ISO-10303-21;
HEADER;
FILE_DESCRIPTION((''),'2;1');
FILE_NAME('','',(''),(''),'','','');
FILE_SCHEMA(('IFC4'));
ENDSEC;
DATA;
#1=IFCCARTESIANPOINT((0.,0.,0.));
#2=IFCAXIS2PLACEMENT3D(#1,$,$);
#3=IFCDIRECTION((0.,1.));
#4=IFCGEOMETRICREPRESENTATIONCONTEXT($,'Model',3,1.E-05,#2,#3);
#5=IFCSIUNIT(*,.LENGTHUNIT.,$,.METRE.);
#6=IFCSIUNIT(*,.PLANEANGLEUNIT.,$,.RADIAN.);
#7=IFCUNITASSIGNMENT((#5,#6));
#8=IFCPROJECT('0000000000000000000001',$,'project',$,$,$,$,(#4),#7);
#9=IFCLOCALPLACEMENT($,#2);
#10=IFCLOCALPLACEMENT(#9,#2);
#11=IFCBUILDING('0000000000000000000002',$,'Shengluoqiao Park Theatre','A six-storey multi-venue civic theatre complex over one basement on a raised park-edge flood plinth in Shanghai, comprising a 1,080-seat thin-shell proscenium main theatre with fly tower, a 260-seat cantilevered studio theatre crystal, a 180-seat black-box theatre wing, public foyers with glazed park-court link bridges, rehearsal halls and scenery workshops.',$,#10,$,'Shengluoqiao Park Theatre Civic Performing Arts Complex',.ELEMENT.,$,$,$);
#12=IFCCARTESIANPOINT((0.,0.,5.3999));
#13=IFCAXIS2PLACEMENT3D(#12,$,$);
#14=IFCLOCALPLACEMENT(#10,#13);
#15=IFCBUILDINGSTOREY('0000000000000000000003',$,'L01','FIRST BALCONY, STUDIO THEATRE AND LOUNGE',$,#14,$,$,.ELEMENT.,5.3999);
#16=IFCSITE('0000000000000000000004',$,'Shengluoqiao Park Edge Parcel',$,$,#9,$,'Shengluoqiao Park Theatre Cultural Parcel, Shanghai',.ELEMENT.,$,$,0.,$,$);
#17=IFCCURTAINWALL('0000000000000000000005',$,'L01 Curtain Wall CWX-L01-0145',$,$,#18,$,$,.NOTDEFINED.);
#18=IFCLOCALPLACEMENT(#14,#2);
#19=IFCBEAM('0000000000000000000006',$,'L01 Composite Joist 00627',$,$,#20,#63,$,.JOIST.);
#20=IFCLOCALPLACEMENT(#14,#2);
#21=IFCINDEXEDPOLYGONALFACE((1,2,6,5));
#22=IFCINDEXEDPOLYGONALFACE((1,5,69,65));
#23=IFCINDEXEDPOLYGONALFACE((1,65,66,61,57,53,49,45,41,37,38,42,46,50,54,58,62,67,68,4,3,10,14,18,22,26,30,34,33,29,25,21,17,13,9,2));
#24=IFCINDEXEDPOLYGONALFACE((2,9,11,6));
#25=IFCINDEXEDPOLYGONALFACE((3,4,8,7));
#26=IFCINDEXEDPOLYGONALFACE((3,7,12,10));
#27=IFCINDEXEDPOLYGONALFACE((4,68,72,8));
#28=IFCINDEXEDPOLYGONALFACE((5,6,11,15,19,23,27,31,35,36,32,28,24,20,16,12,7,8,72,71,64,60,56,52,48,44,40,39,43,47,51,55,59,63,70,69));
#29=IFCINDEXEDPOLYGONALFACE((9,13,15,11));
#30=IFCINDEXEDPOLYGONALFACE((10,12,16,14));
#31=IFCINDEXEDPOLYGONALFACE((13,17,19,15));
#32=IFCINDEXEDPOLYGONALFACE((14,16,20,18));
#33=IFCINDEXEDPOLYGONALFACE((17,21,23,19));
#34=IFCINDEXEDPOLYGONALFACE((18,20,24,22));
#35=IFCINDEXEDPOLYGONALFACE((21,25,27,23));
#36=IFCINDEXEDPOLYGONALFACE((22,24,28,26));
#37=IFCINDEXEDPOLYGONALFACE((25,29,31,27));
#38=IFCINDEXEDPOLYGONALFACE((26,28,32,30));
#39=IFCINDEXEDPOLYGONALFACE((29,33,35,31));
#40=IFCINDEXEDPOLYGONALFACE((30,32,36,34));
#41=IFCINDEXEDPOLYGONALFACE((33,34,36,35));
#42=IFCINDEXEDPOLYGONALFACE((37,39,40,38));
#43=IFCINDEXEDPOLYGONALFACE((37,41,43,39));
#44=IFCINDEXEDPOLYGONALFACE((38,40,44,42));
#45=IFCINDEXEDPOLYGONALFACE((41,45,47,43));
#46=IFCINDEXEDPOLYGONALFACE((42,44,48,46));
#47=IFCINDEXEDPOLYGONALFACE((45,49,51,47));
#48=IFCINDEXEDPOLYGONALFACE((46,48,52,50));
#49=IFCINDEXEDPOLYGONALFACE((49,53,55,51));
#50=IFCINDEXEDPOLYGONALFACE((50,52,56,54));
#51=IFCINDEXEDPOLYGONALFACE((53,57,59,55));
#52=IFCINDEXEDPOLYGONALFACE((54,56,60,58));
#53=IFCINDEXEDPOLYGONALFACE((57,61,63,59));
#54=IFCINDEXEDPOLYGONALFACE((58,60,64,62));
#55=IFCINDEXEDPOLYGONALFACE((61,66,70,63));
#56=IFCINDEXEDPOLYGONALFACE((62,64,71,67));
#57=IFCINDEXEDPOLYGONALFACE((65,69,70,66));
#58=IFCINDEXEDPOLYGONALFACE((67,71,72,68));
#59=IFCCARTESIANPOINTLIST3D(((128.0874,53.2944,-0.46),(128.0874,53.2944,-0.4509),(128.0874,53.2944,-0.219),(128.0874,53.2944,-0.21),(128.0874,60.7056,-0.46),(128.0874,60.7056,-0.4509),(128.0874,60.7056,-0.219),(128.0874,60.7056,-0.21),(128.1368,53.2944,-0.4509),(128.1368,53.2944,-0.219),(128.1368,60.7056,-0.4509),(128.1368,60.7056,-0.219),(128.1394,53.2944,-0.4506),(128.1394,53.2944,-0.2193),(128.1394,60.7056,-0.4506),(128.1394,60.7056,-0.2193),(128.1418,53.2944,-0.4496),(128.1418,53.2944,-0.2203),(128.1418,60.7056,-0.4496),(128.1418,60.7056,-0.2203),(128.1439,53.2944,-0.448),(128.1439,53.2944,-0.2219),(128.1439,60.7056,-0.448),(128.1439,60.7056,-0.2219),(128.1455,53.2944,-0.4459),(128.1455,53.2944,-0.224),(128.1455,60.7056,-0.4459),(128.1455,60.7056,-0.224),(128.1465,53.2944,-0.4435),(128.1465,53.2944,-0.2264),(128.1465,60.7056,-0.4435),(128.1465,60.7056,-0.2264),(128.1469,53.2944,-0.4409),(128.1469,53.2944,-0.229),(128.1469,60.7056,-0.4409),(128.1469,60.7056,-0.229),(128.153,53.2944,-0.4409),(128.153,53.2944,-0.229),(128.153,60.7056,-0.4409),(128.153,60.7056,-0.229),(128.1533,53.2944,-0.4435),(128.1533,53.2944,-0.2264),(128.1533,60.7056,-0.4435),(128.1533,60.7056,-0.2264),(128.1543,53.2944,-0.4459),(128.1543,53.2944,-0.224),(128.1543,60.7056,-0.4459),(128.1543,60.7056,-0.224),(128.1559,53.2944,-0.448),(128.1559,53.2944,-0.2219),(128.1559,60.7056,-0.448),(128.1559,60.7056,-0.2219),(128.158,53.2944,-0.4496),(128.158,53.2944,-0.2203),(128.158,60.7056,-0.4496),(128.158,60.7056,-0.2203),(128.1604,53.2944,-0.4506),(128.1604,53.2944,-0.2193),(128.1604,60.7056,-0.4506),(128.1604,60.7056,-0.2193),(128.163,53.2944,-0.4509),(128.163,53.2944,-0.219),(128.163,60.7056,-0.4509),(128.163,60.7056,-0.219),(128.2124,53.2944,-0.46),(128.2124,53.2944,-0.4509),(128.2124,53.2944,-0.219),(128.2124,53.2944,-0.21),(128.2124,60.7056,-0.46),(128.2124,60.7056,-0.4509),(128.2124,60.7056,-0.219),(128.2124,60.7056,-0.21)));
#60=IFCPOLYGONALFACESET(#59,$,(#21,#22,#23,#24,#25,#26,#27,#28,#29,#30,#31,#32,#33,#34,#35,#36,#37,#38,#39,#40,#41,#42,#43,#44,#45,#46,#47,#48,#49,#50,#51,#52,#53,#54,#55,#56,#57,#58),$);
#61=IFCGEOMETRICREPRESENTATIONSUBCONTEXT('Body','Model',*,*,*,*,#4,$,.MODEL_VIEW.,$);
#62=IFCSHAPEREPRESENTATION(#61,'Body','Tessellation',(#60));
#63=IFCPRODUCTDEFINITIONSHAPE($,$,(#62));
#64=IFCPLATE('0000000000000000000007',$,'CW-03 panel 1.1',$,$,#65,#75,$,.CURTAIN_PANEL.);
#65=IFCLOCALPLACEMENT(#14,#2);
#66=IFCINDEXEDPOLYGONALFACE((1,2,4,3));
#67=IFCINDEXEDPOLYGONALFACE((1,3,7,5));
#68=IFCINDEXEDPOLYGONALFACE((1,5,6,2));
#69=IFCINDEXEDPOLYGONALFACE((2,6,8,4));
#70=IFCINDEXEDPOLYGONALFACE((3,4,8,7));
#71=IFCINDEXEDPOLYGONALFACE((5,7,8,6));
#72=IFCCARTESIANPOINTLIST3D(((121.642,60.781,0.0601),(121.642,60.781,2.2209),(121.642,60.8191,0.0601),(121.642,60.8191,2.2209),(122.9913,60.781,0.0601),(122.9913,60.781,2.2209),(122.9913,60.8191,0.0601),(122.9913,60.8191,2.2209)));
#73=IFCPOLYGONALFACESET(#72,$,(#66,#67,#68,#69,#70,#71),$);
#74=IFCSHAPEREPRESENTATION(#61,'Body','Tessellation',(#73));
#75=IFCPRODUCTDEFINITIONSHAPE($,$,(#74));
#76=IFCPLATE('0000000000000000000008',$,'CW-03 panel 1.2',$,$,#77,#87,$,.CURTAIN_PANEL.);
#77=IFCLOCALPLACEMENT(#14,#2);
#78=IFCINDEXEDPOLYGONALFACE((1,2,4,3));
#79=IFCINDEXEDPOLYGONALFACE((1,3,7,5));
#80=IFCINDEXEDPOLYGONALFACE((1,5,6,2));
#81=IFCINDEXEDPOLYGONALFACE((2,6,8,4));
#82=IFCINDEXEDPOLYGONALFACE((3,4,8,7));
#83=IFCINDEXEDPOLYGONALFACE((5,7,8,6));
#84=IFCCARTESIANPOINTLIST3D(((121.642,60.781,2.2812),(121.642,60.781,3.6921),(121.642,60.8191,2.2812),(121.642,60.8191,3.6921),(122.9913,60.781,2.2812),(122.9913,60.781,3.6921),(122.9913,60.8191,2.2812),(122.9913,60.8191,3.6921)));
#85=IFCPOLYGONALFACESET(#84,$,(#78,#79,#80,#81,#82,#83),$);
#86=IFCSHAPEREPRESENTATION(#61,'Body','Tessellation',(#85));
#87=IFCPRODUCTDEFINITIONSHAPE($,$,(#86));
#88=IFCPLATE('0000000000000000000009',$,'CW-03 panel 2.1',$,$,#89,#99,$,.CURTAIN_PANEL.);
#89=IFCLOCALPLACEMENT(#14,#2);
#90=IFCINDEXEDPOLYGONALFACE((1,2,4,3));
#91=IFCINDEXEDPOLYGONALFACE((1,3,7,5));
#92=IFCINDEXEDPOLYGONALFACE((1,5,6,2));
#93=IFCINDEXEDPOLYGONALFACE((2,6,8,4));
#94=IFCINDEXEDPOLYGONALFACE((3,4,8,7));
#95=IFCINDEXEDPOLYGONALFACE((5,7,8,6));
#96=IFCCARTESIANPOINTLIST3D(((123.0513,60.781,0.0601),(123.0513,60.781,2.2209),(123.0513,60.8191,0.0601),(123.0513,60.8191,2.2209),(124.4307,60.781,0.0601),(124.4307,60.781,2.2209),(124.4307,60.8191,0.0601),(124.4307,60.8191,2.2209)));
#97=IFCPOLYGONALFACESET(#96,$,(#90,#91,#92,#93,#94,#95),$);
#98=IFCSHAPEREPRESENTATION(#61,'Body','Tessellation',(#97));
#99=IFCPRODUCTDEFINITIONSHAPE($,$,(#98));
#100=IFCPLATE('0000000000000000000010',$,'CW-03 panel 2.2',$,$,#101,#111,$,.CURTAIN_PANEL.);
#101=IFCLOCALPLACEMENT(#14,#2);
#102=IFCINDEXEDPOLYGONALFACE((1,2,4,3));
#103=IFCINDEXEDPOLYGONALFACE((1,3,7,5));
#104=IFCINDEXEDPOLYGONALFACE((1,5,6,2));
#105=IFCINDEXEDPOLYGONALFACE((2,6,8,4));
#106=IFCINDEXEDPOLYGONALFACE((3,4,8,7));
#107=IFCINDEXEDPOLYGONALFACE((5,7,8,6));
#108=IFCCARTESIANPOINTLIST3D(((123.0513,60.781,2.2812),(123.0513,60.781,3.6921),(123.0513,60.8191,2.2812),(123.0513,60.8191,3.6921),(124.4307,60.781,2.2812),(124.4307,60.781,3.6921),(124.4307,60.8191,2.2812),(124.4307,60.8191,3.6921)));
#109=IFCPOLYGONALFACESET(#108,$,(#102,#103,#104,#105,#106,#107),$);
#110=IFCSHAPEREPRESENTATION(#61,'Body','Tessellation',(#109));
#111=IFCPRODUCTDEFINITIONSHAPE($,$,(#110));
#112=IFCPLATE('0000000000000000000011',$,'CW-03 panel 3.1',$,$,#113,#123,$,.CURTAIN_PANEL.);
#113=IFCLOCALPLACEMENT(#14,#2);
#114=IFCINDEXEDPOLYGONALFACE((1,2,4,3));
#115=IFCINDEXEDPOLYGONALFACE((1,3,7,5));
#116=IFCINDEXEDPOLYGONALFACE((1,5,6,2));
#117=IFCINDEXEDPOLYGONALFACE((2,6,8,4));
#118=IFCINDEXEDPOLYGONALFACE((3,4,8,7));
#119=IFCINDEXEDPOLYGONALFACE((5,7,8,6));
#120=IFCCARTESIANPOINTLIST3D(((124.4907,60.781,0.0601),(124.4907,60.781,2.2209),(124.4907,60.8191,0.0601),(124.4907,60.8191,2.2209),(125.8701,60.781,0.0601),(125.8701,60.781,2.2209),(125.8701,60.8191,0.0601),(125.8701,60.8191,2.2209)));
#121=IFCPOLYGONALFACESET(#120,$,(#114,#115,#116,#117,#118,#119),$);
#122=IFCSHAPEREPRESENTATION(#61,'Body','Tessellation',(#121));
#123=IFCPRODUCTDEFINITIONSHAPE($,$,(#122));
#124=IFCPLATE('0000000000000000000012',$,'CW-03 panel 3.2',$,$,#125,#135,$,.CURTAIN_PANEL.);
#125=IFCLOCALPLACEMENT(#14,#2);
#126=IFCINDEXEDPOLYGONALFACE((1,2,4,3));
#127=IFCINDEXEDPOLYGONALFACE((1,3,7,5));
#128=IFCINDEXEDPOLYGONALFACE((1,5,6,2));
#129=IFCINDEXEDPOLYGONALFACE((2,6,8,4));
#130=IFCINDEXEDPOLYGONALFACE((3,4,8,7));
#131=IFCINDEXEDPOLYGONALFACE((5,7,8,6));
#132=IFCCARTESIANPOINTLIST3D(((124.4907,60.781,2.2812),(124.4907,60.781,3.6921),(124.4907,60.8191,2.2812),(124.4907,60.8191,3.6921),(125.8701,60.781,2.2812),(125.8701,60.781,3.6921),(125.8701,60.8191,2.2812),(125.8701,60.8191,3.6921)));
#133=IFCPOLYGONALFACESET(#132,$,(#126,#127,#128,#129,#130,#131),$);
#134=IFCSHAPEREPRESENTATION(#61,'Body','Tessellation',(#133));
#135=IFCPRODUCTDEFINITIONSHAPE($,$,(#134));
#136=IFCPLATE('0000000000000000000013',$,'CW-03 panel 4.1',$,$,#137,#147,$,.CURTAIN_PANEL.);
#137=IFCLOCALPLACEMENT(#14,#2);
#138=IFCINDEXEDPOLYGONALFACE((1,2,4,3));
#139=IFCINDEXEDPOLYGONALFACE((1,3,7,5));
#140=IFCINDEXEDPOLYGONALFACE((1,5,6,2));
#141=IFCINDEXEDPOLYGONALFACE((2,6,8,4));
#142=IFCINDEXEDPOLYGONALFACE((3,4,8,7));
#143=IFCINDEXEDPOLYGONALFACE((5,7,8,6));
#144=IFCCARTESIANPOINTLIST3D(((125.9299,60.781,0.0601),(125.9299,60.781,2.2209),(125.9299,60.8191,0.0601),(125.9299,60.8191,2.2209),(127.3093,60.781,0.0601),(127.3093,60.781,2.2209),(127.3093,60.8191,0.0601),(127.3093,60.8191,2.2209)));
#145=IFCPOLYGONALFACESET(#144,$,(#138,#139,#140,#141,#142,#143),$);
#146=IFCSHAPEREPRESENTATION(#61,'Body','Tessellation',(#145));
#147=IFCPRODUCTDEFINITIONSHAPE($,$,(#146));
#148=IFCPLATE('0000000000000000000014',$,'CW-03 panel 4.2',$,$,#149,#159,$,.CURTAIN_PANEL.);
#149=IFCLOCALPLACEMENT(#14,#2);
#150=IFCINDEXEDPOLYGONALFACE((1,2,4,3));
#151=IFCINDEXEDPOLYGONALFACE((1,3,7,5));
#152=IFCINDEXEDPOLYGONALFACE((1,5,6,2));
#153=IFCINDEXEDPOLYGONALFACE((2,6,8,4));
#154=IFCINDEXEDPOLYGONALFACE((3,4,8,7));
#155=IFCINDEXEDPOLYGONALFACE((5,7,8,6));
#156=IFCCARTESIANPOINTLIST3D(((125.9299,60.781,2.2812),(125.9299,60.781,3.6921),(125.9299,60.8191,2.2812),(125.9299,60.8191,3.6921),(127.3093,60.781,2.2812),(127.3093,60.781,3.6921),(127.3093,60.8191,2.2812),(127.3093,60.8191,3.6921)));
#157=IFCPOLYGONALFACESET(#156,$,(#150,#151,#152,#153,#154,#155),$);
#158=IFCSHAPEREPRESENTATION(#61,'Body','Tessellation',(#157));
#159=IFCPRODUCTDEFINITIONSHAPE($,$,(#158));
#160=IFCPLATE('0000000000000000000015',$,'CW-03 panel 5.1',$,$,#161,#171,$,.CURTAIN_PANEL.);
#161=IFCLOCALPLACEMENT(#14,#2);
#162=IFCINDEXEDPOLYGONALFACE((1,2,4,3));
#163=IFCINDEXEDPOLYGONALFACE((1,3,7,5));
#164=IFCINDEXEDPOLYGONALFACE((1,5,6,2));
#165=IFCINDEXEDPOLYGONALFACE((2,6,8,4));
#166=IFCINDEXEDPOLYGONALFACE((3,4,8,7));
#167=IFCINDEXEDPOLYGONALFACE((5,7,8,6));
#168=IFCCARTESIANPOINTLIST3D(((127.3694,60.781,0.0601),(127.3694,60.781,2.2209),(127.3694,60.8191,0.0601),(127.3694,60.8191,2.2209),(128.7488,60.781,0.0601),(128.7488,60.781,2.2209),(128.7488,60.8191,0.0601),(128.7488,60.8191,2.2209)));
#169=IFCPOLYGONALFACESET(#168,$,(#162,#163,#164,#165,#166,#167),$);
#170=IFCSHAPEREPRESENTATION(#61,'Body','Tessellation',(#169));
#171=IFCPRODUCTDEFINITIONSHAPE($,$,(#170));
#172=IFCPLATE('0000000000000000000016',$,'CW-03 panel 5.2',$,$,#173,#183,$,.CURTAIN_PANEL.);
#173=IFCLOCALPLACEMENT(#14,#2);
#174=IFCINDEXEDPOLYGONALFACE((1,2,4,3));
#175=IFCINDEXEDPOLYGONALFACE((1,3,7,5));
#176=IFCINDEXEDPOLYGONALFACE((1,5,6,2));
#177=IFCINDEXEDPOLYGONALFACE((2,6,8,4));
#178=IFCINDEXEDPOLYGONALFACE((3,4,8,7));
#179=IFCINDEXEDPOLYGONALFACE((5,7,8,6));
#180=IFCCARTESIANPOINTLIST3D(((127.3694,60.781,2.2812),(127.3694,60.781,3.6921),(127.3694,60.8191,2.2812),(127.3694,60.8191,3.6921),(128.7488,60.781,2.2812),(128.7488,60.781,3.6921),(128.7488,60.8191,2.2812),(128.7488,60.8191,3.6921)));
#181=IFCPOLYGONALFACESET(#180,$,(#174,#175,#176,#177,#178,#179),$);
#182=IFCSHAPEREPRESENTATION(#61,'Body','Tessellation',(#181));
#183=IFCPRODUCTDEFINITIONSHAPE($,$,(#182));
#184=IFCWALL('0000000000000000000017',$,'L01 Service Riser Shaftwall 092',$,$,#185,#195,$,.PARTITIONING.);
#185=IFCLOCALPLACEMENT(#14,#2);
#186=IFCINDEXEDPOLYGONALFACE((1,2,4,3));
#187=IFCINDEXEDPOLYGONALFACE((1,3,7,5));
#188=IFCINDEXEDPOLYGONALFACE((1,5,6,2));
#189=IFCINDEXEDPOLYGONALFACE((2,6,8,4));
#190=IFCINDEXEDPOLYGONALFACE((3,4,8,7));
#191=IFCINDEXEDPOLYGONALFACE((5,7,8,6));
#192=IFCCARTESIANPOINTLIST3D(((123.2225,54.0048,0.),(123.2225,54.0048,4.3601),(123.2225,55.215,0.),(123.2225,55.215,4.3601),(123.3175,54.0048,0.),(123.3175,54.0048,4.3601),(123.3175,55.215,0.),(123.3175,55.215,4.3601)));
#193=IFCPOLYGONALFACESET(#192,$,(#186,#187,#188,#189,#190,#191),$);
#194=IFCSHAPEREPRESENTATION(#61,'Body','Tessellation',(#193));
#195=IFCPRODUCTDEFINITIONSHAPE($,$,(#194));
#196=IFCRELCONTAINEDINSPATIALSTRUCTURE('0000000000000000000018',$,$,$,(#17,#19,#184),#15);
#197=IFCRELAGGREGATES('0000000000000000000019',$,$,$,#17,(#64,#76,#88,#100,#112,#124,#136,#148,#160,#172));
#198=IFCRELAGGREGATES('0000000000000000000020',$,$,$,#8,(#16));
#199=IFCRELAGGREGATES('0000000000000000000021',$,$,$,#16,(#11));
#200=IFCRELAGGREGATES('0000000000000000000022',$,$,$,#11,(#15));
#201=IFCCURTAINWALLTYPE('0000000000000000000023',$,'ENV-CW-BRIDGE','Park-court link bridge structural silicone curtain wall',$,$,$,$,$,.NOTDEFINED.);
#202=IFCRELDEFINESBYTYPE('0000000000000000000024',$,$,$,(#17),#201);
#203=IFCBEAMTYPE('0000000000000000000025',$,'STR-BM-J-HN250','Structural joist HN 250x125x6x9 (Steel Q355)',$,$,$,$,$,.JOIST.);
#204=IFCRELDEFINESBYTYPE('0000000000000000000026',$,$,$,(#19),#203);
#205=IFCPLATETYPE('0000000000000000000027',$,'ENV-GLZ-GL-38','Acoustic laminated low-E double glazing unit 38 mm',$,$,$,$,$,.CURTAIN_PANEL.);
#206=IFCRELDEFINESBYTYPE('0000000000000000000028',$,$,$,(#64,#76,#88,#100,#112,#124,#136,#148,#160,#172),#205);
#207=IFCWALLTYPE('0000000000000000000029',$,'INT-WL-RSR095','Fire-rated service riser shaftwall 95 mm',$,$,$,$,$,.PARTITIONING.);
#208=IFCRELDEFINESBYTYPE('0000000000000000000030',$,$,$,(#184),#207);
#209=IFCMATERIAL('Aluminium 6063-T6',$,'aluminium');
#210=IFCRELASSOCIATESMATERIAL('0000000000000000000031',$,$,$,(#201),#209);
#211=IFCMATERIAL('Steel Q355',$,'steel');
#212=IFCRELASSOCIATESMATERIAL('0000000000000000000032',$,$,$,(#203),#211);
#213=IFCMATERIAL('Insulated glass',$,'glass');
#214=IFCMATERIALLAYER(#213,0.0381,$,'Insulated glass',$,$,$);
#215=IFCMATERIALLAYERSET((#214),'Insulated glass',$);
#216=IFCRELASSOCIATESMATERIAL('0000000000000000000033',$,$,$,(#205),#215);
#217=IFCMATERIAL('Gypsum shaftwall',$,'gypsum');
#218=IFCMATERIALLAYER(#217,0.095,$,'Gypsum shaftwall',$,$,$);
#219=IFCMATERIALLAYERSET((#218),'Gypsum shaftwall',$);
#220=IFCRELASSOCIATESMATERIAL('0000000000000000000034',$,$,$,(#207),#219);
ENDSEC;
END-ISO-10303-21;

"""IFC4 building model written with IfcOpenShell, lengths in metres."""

from ifc_helpers import new_model, si_unit, direction, frame, frame_2d, origin, origin_2d, place, context, subcontext, project, spatial, rectangle, i_section, extrude, material, layer, layer_set, material_profile, profile_set, type_object, element, aggregate, save


model = new_model("IFC4")

# Units and contexts
model_context = context("Model", 3, precision=1e-05, world=origin(), true_north=direction((0.0, 1.0)))
body_context = subcontext(model_context, "Body", "Model", "MODEL_VIEW")
ifc_project = project(units=[si_unit("LENGTHUNIT", "METRE"), si_unit("PLANEANGLEUNIT", "RADIAN")], contexts=[model_context])

# Site, building, storey
site_placement = place(None, origin())
site = spatial("IfcSite", under=ifc_project, at=site_placement, Name="Shengluoqiao Park Edge Parcel", LongName="Shengluoqiao Park Theatre Cultural Parcel, Shanghai", CompositionType="ELEMENT", RefElevation=0.0)
building_placement = place(site_placement, origin())
building = spatial("IfcBuilding", under=site, at=building_placement, Name="Shengluoqiao Park Theatre", Description="A six-storey multi-venue civic theatre complex over one basement on a raised park-edge flood plinth in Shanghai, comprising a 1,080-seat thin-shell proscenium main theatre with fly tower, a 260-seat cantilevered studio theatre crystal, a 180-seat black-box theatre wing, public foyers with glazed park-court link bridges, rehearsal halls and scenery workshops.", LongName="Shengluoqiao Park Theatre Civic Performing Arts Complex", CompositionType="ELEMENT")
storey_placement = place(building_placement, frame((0.0, 0.0, 5.3999)))
storey = spatial("IfcBuildingStorey", under=building, at=storey_placement, Name="L01", Description="FIRST BALCONY, STUDIO THEATRE AND LOUNGE", CompositionType="ELEMENT", Elevation=5.3999)

# Curtain wall
ifc_material_1 = material(Name="Aluminium 6063-T6", Category="aluminium")
curtain_wall_type = type_object("IfcCurtainWallType", Name="ENV-CW-BRIDGE", Description="Park-court link bridge structural silicone curtain wall", PredefinedType="NOTDEFINED", material=ifc_material_1)
curtain_wall_placement = place(storey_placement, origin())
curtain_wall = element("IfcCurtainWall", 1, at=curtain_wall_placement, inside=storey, type_object=curtain_wall_type, Name="L01 Curtain Wall CWX-L01-0145", PredefinedType="NOTDEFINED")

# Beam
ifc_material_2 = material(Name="Steel Q355", Category="steel")
ifc_material_profile_1 = material_profile(ifc_material_2, i_section(OverallWidth=0.125, OverallDepth=0.25, WebThickness=0.0061, FlangeThickness=0.009, FilletRadius=0.01, at=origin_2d()), Name="HN 250x125x6x9")
ifc_profile_set_1 = profile_set([ifc_material_profile_1], Name="Steel Q355")
beam_type = type_object("IfcBeamType", Name="STR-BM-J-HN250", Description="Structural joist HN 250x125x6x9 (Steel Q355)", PredefinedType="JOIST", material=ifc_profile_set_1)
for number, where, z_axis, x_axis, name in (
    (2, (128.1499, 53.2944, -0.335), (0.0, 1.0, 0.0), (-1.0, 0.0, 0.0), "L01 Composite Joist 00627"),
):
    element("IfcBeam", number, at=place(storey_placement, frame(where, z_axis=z_axis, x_axis=x_axis)), inside=storey, type_object=beam_type, Name=name, PredefinedType="JOIST", context=body_context, shape_type="SweptSolid", body=[
        extrude(i_section(OverallWidth=0.125, OverallDepth=0.25, WebThickness=0.0061, FlangeThickness=0.009, FilletRadius=0.01, at=origin_2d()), origin(), (0.0, 0.0, 1.0), 7.4111),
    ])

# Plates
ifc_material_3 = material(Name="Insulated glass", Category="glass")
ifc_layer_1 = layer(ifc_material_3, 0.0381, Name="Insulated glass")
ifc_layer_set_1 = layer_set([ifc_layer_1], Name="Insulated glass")
plate_type = type_object("IfcPlateType", Name="ENV-GLZ-GL-38", Description="Acoustic laminated low-E double glazing unit 38 mm", PredefinedType="CURTAIN_PANEL", material=ifc_layer_set_1)
plate_1_placement = place(storey_placement, frame((122.3167, 60.8, 0.0601), z_axis=(0.0, 0.0, 1.0), x_axis=(1.0, 0.0, 0.0)))
plate_1 = element("IfcPlate", 3, at=plate_1_placement, type_object=plate_type, Name="CW-03 panel 1.1", PredefinedType="CURTAIN_PANEL", context=body_context, shape_type="SweptSolid", body=[
    extrude(rectangle(XDim=1.3494, YDim=0.0381, at=origin_2d()), origin(), (0.0, 0.0, 1.0), 2.1609),
])
plate_2_placement = place(storey_placement, frame((122.3167, 60.8, 2.2812), z_axis=(0.0, 0.0, 1.0), x_axis=(1.0, 0.0, 0.0)))
plate_2 = element("IfcPlate", 4, at=plate_2_placement, type_object=plate_type, Name="CW-03 panel 1.2", PredefinedType="CURTAIN_PANEL", context=body_context, shape_type="SweptSolid", body=[
    extrude(rectangle(XDim=1.3494, YDim=0.0381, at=origin_2d()), origin(), (0.0, 0.0, 1.0), 1.4109),
])
plate_3_placement = place(storey_placement, frame((123.741, 60.8, 0.0601), z_axis=(0.0, 0.0, 1.0), x_axis=(1.0, 0.0, 0.0)))
plate_3 = element("IfcPlate", 5, at=plate_3_placement, type_object=plate_type, Name="CW-03 panel 2.1", PredefinedType="CURTAIN_PANEL", context=body_context, shape_type="SweptSolid", body=[
    extrude(rectangle(XDim=1.3794, YDim=0.0381, at=origin_2d()), origin(), (0.0, 0.0, 1.0), 2.1609),
])
plate_4_placement = place(storey_placement, frame((123.741, 60.8, 2.2812), z_axis=(0.0, 0.0, 1.0), x_axis=(1.0, 0.0, 0.0)))
plate_4 = element("IfcPlate", 6, at=plate_4_placement, type_object=plate_type, Name="CW-03 panel 2.2", PredefinedType="CURTAIN_PANEL", context=body_context, shape_type="SweptSolid", body=[
    extrude(rectangle(XDim=1.3794, YDim=0.0381, at=origin_2d()), origin(), (0.0, 0.0, 1.0), 1.4109),
])
plate_5_placement = place(storey_placement, frame((125.1804, 60.8, 0.0601), z_axis=(0.0, 0.0, 1.0), x_axis=(1.0, 0.0, 0.0)))
plate_5 = element("IfcPlate", 7, at=plate_5_placement, type_object=plate_type, Name="CW-03 panel 3.1", PredefinedType="CURTAIN_PANEL", context=body_context, shape_type="SweptSolid", body=[
    extrude(rectangle(XDim=1.3794, YDim=0.0381, at=origin_2d()), origin(), (0.0, 0.0, 1.0), 2.1609),
])
plate_6_placement = place(storey_placement, frame((125.1804, 60.8, 2.2812), z_axis=(0.0, 0.0, 1.0), x_axis=(1.0, 0.0, 0.0)))
plate_6 = element("IfcPlate", 8, at=plate_6_placement, type_object=plate_type, Name="CW-03 panel 3.2", PredefinedType="CURTAIN_PANEL", context=body_context, shape_type="SweptSolid", body=[
    extrude(rectangle(XDim=1.3794, YDim=0.0381, at=origin_2d()), origin(), (0.0, 0.0, 1.0), 1.4109),
])
plate_7_placement = place(storey_placement, frame((126.6196, 60.8, 0.0601), z_axis=(0.0, 0.0, 1.0), x_axis=(1.0, 0.0, 0.0)))
plate_7 = element("IfcPlate", 9, at=plate_7_placement, type_object=plate_type, Name="CW-03 panel 4.1", PredefinedType="CURTAIN_PANEL", context=body_context, shape_type="SweptSolid", body=[
    extrude(rectangle(XDim=1.3794, YDim=0.0381, at=origin_2d()), origin(), (0.0, 0.0, 1.0), 2.1609),
])
plate_8_placement = place(storey_placement, frame((126.6196, 60.8, 2.2812), z_axis=(0.0, 0.0, 1.0), x_axis=(1.0, 0.0, 0.0)))
plate_8 = element("IfcPlate", 10, at=plate_8_placement, type_object=plate_type, Name="CW-03 panel 4.2", PredefinedType="CURTAIN_PANEL", context=body_context, shape_type="SweptSolid", body=[
    extrude(rectangle(XDim=1.3794, YDim=0.0381, at=origin_2d()), origin(), (0.0, 0.0, 1.0), 1.4109),
])
plate_9_placement = place(storey_placement, frame((128.0591, 60.8, 0.0601), z_axis=(0.0, 0.0, 1.0), x_axis=(1.0, 0.0, 0.0)))
plate_9 = element("IfcPlate", 11, at=plate_9_placement, type_object=plate_type, Name="CW-03 panel 5.1", PredefinedType="CURTAIN_PANEL", context=body_context, shape_type="SweptSolid", body=[
    extrude(rectangle(XDim=1.3794, YDim=0.0381, at=origin_2d()), origin(), (0.0, 0.0, 1.0), 2.1609),
])
plate_10_placement = place(storey_placement, frame((128.0591, 60.8, 2.2812), z_axis=(0.0, 0.0, 1.0), x_axis=(1.0, 0.0, 0.0)))
plate_10 = element("IfcPlate", 12, at=plate_10_placement, type_object=plate_type, Name="CW-03 panel 5.2", PredefinedType="CURTAIN_PANEL", context=body_context, shape_type="SweptSolid", body=[
    extrude(rectangle(XDim=1.3794, YDim=0.0381, at=origin_2d()), origin(), (0.0, 0.0, 1.0), 1.4109),
])
aggregate(curtain_wall, [plate_1, plate_2, plate_3, plate_4, plate_5, plate_6, plate_7, plate_8, plate_9, plate_10])

# Wall
ifc_material_4 = material(Name="Gypsum shaftwall", Category="gypsum")
ifc_layer_2 = layer(ifc_material_4, 0.095, Name="Gypsum shaftwall")
ifc_layer_set_2 = layer_set([ifc_layer_2], Name="Gypsum shaftwall")
wall_type = type_object("IfcWallType", Name="INT-WL-RSR095", Description="Fire-rated service riser shaftwall 95 mm", PredefinedType="PARTITIONING", material=ifc_layer_set_2)
wall_placement = place(storey_placement, frame((123.27, 54.0049, 0.0), z_axis=(0.0, 0.0, 1.0), x_axis=(0.0, 1.0, 0.0)))
element("IfcWall", 13, at=wall_placement, inside=storey, type_object=wall_type, Name="L01 Service Riser Shaftwall 092", PredefinedType="PARTITIONING", context=body_context, shape_type="SweptSolid", body=[
    extrude(rectangle(XDim=1.2102, YDim=0.095, at=frame_2d((0.605, 0.0))), origin(), (0.0, 0.0, 1.0), 4.3601),
])

save(model, "model.ifc")
